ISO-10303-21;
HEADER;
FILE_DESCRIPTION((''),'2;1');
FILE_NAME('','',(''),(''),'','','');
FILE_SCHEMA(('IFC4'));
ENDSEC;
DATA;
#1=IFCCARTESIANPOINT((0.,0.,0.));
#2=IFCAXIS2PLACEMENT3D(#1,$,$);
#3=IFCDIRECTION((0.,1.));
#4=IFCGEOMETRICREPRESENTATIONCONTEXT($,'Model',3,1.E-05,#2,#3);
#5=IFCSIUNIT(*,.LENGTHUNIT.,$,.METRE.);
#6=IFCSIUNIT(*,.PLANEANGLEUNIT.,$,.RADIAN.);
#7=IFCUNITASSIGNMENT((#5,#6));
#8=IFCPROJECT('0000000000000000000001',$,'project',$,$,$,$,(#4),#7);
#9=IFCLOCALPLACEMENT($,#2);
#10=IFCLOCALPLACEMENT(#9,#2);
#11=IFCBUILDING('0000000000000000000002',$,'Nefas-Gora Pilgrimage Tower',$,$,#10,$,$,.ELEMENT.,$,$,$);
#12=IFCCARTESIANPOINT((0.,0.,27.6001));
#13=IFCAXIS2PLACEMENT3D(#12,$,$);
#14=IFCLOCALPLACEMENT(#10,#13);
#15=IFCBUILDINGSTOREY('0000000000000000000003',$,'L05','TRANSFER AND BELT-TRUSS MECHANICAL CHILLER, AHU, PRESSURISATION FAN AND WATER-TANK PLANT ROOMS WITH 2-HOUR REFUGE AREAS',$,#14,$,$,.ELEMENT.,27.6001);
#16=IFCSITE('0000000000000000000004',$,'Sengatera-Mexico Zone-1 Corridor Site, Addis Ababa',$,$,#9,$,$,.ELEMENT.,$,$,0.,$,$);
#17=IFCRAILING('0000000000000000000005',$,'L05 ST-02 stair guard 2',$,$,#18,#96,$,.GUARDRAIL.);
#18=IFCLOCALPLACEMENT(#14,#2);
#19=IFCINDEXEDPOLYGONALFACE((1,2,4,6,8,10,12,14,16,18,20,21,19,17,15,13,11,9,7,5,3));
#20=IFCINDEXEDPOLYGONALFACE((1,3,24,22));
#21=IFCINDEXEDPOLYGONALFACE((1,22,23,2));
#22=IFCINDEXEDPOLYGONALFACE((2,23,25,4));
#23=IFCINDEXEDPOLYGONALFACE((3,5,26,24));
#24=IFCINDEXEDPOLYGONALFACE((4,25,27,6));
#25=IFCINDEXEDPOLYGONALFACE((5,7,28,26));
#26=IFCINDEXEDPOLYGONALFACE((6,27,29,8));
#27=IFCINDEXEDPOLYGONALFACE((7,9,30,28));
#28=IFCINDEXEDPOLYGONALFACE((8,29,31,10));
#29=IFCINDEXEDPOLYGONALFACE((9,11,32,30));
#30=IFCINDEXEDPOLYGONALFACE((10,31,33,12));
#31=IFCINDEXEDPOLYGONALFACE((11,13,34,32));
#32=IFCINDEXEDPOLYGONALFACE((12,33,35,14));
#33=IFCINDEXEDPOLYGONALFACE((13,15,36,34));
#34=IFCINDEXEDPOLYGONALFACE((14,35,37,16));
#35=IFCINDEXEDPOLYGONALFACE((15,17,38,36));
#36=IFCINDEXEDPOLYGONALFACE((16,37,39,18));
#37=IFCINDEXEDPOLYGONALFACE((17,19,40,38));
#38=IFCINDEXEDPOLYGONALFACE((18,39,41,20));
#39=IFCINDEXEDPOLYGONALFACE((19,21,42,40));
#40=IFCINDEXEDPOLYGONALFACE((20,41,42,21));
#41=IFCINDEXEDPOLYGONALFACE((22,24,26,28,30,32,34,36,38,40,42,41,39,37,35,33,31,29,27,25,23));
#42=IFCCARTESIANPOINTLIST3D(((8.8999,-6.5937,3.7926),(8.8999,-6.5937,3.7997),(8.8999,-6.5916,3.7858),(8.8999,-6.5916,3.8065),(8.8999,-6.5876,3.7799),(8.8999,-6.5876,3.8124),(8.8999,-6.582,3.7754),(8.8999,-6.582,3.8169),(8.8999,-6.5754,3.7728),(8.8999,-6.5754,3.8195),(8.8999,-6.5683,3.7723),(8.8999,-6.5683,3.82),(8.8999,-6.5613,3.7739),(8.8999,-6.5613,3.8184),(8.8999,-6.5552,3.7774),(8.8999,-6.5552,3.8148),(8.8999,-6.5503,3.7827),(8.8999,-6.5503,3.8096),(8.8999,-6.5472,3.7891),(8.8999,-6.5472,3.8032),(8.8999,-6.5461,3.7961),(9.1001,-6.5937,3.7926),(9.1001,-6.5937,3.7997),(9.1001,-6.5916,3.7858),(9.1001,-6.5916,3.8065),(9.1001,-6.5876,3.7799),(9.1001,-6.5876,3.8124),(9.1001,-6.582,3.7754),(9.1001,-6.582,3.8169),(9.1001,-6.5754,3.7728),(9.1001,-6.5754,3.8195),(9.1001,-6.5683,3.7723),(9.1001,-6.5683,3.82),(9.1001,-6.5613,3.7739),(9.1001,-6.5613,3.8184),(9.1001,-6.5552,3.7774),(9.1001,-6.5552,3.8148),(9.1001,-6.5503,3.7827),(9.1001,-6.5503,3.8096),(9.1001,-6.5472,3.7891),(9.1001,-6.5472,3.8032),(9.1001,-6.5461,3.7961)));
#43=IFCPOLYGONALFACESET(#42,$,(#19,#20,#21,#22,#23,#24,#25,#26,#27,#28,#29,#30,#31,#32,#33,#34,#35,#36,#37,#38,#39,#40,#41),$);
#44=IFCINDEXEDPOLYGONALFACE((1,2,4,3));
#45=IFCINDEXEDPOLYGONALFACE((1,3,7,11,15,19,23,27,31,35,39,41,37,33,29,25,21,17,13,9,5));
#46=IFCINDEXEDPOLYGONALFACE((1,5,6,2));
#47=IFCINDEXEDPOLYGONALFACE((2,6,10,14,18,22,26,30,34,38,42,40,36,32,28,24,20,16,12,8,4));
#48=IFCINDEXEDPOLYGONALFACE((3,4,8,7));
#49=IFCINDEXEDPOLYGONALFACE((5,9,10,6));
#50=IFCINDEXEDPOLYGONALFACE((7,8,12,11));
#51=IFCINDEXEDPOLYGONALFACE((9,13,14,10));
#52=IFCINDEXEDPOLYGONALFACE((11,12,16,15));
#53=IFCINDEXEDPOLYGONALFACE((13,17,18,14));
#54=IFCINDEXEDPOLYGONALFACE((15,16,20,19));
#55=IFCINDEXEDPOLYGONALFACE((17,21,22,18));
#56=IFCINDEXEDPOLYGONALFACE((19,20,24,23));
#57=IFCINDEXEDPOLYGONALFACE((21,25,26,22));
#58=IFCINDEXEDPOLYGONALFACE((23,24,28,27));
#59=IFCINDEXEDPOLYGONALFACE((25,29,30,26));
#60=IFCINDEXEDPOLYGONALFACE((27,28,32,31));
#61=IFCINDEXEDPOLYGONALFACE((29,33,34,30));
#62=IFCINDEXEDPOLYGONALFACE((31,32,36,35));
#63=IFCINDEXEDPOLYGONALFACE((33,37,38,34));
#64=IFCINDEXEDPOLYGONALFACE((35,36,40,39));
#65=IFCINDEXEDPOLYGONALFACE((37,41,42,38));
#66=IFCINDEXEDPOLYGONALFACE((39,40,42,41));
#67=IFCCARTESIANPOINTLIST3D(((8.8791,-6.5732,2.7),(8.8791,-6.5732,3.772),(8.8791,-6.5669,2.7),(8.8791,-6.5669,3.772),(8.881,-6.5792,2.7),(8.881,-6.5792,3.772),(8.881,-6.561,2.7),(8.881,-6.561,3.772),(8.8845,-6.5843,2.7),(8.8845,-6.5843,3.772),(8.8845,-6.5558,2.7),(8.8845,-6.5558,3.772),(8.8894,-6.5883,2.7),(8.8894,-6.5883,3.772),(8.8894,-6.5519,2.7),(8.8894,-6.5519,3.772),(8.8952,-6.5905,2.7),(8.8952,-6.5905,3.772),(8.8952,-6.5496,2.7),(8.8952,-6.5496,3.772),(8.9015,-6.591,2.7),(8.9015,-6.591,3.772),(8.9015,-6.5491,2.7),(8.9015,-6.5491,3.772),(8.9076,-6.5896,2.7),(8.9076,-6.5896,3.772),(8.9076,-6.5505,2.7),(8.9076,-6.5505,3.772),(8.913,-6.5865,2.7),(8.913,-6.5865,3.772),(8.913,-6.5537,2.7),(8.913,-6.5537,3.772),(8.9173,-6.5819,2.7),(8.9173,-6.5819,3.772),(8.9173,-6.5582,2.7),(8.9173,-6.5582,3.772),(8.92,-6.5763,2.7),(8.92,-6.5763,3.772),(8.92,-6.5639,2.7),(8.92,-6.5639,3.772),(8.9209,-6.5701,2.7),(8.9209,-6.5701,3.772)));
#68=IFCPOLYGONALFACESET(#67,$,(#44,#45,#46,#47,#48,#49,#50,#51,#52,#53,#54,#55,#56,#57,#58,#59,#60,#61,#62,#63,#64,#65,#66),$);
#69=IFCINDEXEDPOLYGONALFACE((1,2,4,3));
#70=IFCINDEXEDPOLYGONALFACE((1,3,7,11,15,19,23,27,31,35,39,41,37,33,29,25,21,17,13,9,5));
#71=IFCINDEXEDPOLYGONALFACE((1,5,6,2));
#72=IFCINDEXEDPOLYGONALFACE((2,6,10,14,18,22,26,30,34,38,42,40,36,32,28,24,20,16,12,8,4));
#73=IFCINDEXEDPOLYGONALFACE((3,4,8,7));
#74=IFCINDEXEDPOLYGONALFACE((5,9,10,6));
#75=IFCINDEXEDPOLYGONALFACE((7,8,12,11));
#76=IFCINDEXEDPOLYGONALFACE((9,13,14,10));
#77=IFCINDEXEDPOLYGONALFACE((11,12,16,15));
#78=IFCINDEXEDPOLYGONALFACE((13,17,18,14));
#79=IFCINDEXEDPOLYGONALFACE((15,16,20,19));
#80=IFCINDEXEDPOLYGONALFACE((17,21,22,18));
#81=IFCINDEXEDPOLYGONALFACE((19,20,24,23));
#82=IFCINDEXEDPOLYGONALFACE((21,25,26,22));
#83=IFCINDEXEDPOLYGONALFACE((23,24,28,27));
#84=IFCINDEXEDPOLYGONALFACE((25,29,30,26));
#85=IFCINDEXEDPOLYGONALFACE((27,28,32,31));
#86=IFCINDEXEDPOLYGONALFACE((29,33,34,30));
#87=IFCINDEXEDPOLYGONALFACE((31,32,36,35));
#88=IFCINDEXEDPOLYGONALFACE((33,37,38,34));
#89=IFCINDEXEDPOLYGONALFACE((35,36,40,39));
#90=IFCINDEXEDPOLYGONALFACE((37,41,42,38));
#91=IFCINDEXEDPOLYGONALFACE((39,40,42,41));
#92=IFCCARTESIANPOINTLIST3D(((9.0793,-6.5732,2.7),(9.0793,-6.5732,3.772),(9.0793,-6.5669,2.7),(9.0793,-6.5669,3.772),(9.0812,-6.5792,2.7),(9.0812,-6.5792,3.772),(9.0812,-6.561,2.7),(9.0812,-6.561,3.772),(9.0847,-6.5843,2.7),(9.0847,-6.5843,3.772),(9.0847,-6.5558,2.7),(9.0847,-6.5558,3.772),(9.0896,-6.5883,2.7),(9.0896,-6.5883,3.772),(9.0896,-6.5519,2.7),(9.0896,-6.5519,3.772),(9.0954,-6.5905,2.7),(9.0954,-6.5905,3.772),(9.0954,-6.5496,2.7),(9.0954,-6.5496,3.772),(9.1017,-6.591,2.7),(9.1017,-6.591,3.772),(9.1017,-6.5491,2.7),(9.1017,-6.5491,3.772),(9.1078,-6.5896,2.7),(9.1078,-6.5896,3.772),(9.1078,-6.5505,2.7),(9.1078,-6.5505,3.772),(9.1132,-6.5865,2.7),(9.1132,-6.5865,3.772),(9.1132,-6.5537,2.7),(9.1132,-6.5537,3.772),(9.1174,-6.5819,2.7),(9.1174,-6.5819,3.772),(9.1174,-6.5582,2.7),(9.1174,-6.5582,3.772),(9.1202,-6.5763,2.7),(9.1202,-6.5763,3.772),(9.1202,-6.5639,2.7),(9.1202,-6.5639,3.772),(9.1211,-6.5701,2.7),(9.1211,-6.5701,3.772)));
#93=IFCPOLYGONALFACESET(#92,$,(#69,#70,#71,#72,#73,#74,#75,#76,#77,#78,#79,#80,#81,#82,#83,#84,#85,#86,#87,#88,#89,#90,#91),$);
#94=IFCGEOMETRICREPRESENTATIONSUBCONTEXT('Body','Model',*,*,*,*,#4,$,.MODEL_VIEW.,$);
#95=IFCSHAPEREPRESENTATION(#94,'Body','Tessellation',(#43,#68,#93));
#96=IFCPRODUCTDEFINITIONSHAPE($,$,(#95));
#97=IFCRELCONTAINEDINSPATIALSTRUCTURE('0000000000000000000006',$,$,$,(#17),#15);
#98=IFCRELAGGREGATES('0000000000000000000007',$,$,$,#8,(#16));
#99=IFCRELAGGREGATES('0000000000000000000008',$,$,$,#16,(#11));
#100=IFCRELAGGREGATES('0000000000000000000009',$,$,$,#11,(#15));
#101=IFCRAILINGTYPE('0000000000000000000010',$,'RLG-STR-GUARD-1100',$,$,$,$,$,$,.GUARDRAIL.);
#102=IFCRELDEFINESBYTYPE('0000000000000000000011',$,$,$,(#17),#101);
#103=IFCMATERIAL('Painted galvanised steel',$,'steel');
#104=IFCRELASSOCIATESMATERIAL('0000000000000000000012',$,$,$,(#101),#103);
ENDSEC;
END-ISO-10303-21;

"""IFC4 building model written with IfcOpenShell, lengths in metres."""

from ifc_helpers import new_model, si_unit, direction, frame, origin, origin_2d, place, context, subcontext, project, spatial, circle, extrude, material, type_object, element, save


model = new_model("IFC4")

# Units and contexts
model_context = context("Model", 3, precision=1e-05, world=origin(), true_north=direction((0.0, 1.0)))
body_context = subcontext(model_context, "Body", "Model", "MODEL_VIEW")
ifc_project = project(units=[si_unit("LENGTHUNIT", "METRE"), si_unit("PLANEANGLEUNIT", "RADIAN")], contexts=[model_context])

# Site, building, storey
site_placement = place(None, origin())
site = spatial("IfcSite", under=ifc_project, at=site_placement, Name="Sengatera-Mexico Zone-1 Corridor Site, Addis Ababa", CompositionType="ELEMENT", RefElevation=0.0)
building_placement = place(site_placement, origin())
building = spatial("IfcBuilding", under=site, at=building_placement, Name="Nefas-Gora Pilgrimage Tower", CompositionType="ELEMENT")
storey_placement = place(building_placement, frame((0.0, 0.0, 27.6001)))
storey = spatial("IfcBuildingStorey", under=building, at=storey_placement, Name="L05", Description="TRANSFER AND BELT-TRUSS MECHANICAL CHILLER, AHU, PRESSURISATION FAN AND WATER-TANK PLANT ROOMS WITH 2-HOUR REFUGE AREAS", CompositionType="ELEMENT", Elevation=27.6001)

# Railing
ifc_material_1 = material(Name="Painted galvanised steel", Category="steel")
railing_type_1 = type_object("IfcRailingType", Name="RLG-STR-GUARD-1100", PredefinedType="GUARDRAIL", material=ifc_material_1)
railing_1_placement = place(storey_placement, frame((8.8999, -6.5701, 2.7)))
element("IfcRailing", 1, at=railing_1_placement, inside=storey, type_object=railing_type_1, Name="L05 ST-02 stair guard 2", PredefinedType="GUARDRAIL", context=body_context, shape_type="SweptSolid", body=[
    extrude(circle(Radius=0.0239, at=origin_2d()), frame((0.0, 0.0, 1.0962), z_axis=(1.0, 0.0, 0.0), x_axis=(0.0, 1.0, 0.0)), (0.0, 0.0, 1.0), 0.2002),
    extrude(circle(Radius=0.021, at=origin_2d()), origin(), (0.0, 0.0, 1.0), 1.072),
    extrude(circle(Radius=0.021, at=origin_2d()), frame((0.2002, 0.0, 0.0)), (0.0, 0.0, 1.0), 1.072),
])

save(model, "model.ifc")
